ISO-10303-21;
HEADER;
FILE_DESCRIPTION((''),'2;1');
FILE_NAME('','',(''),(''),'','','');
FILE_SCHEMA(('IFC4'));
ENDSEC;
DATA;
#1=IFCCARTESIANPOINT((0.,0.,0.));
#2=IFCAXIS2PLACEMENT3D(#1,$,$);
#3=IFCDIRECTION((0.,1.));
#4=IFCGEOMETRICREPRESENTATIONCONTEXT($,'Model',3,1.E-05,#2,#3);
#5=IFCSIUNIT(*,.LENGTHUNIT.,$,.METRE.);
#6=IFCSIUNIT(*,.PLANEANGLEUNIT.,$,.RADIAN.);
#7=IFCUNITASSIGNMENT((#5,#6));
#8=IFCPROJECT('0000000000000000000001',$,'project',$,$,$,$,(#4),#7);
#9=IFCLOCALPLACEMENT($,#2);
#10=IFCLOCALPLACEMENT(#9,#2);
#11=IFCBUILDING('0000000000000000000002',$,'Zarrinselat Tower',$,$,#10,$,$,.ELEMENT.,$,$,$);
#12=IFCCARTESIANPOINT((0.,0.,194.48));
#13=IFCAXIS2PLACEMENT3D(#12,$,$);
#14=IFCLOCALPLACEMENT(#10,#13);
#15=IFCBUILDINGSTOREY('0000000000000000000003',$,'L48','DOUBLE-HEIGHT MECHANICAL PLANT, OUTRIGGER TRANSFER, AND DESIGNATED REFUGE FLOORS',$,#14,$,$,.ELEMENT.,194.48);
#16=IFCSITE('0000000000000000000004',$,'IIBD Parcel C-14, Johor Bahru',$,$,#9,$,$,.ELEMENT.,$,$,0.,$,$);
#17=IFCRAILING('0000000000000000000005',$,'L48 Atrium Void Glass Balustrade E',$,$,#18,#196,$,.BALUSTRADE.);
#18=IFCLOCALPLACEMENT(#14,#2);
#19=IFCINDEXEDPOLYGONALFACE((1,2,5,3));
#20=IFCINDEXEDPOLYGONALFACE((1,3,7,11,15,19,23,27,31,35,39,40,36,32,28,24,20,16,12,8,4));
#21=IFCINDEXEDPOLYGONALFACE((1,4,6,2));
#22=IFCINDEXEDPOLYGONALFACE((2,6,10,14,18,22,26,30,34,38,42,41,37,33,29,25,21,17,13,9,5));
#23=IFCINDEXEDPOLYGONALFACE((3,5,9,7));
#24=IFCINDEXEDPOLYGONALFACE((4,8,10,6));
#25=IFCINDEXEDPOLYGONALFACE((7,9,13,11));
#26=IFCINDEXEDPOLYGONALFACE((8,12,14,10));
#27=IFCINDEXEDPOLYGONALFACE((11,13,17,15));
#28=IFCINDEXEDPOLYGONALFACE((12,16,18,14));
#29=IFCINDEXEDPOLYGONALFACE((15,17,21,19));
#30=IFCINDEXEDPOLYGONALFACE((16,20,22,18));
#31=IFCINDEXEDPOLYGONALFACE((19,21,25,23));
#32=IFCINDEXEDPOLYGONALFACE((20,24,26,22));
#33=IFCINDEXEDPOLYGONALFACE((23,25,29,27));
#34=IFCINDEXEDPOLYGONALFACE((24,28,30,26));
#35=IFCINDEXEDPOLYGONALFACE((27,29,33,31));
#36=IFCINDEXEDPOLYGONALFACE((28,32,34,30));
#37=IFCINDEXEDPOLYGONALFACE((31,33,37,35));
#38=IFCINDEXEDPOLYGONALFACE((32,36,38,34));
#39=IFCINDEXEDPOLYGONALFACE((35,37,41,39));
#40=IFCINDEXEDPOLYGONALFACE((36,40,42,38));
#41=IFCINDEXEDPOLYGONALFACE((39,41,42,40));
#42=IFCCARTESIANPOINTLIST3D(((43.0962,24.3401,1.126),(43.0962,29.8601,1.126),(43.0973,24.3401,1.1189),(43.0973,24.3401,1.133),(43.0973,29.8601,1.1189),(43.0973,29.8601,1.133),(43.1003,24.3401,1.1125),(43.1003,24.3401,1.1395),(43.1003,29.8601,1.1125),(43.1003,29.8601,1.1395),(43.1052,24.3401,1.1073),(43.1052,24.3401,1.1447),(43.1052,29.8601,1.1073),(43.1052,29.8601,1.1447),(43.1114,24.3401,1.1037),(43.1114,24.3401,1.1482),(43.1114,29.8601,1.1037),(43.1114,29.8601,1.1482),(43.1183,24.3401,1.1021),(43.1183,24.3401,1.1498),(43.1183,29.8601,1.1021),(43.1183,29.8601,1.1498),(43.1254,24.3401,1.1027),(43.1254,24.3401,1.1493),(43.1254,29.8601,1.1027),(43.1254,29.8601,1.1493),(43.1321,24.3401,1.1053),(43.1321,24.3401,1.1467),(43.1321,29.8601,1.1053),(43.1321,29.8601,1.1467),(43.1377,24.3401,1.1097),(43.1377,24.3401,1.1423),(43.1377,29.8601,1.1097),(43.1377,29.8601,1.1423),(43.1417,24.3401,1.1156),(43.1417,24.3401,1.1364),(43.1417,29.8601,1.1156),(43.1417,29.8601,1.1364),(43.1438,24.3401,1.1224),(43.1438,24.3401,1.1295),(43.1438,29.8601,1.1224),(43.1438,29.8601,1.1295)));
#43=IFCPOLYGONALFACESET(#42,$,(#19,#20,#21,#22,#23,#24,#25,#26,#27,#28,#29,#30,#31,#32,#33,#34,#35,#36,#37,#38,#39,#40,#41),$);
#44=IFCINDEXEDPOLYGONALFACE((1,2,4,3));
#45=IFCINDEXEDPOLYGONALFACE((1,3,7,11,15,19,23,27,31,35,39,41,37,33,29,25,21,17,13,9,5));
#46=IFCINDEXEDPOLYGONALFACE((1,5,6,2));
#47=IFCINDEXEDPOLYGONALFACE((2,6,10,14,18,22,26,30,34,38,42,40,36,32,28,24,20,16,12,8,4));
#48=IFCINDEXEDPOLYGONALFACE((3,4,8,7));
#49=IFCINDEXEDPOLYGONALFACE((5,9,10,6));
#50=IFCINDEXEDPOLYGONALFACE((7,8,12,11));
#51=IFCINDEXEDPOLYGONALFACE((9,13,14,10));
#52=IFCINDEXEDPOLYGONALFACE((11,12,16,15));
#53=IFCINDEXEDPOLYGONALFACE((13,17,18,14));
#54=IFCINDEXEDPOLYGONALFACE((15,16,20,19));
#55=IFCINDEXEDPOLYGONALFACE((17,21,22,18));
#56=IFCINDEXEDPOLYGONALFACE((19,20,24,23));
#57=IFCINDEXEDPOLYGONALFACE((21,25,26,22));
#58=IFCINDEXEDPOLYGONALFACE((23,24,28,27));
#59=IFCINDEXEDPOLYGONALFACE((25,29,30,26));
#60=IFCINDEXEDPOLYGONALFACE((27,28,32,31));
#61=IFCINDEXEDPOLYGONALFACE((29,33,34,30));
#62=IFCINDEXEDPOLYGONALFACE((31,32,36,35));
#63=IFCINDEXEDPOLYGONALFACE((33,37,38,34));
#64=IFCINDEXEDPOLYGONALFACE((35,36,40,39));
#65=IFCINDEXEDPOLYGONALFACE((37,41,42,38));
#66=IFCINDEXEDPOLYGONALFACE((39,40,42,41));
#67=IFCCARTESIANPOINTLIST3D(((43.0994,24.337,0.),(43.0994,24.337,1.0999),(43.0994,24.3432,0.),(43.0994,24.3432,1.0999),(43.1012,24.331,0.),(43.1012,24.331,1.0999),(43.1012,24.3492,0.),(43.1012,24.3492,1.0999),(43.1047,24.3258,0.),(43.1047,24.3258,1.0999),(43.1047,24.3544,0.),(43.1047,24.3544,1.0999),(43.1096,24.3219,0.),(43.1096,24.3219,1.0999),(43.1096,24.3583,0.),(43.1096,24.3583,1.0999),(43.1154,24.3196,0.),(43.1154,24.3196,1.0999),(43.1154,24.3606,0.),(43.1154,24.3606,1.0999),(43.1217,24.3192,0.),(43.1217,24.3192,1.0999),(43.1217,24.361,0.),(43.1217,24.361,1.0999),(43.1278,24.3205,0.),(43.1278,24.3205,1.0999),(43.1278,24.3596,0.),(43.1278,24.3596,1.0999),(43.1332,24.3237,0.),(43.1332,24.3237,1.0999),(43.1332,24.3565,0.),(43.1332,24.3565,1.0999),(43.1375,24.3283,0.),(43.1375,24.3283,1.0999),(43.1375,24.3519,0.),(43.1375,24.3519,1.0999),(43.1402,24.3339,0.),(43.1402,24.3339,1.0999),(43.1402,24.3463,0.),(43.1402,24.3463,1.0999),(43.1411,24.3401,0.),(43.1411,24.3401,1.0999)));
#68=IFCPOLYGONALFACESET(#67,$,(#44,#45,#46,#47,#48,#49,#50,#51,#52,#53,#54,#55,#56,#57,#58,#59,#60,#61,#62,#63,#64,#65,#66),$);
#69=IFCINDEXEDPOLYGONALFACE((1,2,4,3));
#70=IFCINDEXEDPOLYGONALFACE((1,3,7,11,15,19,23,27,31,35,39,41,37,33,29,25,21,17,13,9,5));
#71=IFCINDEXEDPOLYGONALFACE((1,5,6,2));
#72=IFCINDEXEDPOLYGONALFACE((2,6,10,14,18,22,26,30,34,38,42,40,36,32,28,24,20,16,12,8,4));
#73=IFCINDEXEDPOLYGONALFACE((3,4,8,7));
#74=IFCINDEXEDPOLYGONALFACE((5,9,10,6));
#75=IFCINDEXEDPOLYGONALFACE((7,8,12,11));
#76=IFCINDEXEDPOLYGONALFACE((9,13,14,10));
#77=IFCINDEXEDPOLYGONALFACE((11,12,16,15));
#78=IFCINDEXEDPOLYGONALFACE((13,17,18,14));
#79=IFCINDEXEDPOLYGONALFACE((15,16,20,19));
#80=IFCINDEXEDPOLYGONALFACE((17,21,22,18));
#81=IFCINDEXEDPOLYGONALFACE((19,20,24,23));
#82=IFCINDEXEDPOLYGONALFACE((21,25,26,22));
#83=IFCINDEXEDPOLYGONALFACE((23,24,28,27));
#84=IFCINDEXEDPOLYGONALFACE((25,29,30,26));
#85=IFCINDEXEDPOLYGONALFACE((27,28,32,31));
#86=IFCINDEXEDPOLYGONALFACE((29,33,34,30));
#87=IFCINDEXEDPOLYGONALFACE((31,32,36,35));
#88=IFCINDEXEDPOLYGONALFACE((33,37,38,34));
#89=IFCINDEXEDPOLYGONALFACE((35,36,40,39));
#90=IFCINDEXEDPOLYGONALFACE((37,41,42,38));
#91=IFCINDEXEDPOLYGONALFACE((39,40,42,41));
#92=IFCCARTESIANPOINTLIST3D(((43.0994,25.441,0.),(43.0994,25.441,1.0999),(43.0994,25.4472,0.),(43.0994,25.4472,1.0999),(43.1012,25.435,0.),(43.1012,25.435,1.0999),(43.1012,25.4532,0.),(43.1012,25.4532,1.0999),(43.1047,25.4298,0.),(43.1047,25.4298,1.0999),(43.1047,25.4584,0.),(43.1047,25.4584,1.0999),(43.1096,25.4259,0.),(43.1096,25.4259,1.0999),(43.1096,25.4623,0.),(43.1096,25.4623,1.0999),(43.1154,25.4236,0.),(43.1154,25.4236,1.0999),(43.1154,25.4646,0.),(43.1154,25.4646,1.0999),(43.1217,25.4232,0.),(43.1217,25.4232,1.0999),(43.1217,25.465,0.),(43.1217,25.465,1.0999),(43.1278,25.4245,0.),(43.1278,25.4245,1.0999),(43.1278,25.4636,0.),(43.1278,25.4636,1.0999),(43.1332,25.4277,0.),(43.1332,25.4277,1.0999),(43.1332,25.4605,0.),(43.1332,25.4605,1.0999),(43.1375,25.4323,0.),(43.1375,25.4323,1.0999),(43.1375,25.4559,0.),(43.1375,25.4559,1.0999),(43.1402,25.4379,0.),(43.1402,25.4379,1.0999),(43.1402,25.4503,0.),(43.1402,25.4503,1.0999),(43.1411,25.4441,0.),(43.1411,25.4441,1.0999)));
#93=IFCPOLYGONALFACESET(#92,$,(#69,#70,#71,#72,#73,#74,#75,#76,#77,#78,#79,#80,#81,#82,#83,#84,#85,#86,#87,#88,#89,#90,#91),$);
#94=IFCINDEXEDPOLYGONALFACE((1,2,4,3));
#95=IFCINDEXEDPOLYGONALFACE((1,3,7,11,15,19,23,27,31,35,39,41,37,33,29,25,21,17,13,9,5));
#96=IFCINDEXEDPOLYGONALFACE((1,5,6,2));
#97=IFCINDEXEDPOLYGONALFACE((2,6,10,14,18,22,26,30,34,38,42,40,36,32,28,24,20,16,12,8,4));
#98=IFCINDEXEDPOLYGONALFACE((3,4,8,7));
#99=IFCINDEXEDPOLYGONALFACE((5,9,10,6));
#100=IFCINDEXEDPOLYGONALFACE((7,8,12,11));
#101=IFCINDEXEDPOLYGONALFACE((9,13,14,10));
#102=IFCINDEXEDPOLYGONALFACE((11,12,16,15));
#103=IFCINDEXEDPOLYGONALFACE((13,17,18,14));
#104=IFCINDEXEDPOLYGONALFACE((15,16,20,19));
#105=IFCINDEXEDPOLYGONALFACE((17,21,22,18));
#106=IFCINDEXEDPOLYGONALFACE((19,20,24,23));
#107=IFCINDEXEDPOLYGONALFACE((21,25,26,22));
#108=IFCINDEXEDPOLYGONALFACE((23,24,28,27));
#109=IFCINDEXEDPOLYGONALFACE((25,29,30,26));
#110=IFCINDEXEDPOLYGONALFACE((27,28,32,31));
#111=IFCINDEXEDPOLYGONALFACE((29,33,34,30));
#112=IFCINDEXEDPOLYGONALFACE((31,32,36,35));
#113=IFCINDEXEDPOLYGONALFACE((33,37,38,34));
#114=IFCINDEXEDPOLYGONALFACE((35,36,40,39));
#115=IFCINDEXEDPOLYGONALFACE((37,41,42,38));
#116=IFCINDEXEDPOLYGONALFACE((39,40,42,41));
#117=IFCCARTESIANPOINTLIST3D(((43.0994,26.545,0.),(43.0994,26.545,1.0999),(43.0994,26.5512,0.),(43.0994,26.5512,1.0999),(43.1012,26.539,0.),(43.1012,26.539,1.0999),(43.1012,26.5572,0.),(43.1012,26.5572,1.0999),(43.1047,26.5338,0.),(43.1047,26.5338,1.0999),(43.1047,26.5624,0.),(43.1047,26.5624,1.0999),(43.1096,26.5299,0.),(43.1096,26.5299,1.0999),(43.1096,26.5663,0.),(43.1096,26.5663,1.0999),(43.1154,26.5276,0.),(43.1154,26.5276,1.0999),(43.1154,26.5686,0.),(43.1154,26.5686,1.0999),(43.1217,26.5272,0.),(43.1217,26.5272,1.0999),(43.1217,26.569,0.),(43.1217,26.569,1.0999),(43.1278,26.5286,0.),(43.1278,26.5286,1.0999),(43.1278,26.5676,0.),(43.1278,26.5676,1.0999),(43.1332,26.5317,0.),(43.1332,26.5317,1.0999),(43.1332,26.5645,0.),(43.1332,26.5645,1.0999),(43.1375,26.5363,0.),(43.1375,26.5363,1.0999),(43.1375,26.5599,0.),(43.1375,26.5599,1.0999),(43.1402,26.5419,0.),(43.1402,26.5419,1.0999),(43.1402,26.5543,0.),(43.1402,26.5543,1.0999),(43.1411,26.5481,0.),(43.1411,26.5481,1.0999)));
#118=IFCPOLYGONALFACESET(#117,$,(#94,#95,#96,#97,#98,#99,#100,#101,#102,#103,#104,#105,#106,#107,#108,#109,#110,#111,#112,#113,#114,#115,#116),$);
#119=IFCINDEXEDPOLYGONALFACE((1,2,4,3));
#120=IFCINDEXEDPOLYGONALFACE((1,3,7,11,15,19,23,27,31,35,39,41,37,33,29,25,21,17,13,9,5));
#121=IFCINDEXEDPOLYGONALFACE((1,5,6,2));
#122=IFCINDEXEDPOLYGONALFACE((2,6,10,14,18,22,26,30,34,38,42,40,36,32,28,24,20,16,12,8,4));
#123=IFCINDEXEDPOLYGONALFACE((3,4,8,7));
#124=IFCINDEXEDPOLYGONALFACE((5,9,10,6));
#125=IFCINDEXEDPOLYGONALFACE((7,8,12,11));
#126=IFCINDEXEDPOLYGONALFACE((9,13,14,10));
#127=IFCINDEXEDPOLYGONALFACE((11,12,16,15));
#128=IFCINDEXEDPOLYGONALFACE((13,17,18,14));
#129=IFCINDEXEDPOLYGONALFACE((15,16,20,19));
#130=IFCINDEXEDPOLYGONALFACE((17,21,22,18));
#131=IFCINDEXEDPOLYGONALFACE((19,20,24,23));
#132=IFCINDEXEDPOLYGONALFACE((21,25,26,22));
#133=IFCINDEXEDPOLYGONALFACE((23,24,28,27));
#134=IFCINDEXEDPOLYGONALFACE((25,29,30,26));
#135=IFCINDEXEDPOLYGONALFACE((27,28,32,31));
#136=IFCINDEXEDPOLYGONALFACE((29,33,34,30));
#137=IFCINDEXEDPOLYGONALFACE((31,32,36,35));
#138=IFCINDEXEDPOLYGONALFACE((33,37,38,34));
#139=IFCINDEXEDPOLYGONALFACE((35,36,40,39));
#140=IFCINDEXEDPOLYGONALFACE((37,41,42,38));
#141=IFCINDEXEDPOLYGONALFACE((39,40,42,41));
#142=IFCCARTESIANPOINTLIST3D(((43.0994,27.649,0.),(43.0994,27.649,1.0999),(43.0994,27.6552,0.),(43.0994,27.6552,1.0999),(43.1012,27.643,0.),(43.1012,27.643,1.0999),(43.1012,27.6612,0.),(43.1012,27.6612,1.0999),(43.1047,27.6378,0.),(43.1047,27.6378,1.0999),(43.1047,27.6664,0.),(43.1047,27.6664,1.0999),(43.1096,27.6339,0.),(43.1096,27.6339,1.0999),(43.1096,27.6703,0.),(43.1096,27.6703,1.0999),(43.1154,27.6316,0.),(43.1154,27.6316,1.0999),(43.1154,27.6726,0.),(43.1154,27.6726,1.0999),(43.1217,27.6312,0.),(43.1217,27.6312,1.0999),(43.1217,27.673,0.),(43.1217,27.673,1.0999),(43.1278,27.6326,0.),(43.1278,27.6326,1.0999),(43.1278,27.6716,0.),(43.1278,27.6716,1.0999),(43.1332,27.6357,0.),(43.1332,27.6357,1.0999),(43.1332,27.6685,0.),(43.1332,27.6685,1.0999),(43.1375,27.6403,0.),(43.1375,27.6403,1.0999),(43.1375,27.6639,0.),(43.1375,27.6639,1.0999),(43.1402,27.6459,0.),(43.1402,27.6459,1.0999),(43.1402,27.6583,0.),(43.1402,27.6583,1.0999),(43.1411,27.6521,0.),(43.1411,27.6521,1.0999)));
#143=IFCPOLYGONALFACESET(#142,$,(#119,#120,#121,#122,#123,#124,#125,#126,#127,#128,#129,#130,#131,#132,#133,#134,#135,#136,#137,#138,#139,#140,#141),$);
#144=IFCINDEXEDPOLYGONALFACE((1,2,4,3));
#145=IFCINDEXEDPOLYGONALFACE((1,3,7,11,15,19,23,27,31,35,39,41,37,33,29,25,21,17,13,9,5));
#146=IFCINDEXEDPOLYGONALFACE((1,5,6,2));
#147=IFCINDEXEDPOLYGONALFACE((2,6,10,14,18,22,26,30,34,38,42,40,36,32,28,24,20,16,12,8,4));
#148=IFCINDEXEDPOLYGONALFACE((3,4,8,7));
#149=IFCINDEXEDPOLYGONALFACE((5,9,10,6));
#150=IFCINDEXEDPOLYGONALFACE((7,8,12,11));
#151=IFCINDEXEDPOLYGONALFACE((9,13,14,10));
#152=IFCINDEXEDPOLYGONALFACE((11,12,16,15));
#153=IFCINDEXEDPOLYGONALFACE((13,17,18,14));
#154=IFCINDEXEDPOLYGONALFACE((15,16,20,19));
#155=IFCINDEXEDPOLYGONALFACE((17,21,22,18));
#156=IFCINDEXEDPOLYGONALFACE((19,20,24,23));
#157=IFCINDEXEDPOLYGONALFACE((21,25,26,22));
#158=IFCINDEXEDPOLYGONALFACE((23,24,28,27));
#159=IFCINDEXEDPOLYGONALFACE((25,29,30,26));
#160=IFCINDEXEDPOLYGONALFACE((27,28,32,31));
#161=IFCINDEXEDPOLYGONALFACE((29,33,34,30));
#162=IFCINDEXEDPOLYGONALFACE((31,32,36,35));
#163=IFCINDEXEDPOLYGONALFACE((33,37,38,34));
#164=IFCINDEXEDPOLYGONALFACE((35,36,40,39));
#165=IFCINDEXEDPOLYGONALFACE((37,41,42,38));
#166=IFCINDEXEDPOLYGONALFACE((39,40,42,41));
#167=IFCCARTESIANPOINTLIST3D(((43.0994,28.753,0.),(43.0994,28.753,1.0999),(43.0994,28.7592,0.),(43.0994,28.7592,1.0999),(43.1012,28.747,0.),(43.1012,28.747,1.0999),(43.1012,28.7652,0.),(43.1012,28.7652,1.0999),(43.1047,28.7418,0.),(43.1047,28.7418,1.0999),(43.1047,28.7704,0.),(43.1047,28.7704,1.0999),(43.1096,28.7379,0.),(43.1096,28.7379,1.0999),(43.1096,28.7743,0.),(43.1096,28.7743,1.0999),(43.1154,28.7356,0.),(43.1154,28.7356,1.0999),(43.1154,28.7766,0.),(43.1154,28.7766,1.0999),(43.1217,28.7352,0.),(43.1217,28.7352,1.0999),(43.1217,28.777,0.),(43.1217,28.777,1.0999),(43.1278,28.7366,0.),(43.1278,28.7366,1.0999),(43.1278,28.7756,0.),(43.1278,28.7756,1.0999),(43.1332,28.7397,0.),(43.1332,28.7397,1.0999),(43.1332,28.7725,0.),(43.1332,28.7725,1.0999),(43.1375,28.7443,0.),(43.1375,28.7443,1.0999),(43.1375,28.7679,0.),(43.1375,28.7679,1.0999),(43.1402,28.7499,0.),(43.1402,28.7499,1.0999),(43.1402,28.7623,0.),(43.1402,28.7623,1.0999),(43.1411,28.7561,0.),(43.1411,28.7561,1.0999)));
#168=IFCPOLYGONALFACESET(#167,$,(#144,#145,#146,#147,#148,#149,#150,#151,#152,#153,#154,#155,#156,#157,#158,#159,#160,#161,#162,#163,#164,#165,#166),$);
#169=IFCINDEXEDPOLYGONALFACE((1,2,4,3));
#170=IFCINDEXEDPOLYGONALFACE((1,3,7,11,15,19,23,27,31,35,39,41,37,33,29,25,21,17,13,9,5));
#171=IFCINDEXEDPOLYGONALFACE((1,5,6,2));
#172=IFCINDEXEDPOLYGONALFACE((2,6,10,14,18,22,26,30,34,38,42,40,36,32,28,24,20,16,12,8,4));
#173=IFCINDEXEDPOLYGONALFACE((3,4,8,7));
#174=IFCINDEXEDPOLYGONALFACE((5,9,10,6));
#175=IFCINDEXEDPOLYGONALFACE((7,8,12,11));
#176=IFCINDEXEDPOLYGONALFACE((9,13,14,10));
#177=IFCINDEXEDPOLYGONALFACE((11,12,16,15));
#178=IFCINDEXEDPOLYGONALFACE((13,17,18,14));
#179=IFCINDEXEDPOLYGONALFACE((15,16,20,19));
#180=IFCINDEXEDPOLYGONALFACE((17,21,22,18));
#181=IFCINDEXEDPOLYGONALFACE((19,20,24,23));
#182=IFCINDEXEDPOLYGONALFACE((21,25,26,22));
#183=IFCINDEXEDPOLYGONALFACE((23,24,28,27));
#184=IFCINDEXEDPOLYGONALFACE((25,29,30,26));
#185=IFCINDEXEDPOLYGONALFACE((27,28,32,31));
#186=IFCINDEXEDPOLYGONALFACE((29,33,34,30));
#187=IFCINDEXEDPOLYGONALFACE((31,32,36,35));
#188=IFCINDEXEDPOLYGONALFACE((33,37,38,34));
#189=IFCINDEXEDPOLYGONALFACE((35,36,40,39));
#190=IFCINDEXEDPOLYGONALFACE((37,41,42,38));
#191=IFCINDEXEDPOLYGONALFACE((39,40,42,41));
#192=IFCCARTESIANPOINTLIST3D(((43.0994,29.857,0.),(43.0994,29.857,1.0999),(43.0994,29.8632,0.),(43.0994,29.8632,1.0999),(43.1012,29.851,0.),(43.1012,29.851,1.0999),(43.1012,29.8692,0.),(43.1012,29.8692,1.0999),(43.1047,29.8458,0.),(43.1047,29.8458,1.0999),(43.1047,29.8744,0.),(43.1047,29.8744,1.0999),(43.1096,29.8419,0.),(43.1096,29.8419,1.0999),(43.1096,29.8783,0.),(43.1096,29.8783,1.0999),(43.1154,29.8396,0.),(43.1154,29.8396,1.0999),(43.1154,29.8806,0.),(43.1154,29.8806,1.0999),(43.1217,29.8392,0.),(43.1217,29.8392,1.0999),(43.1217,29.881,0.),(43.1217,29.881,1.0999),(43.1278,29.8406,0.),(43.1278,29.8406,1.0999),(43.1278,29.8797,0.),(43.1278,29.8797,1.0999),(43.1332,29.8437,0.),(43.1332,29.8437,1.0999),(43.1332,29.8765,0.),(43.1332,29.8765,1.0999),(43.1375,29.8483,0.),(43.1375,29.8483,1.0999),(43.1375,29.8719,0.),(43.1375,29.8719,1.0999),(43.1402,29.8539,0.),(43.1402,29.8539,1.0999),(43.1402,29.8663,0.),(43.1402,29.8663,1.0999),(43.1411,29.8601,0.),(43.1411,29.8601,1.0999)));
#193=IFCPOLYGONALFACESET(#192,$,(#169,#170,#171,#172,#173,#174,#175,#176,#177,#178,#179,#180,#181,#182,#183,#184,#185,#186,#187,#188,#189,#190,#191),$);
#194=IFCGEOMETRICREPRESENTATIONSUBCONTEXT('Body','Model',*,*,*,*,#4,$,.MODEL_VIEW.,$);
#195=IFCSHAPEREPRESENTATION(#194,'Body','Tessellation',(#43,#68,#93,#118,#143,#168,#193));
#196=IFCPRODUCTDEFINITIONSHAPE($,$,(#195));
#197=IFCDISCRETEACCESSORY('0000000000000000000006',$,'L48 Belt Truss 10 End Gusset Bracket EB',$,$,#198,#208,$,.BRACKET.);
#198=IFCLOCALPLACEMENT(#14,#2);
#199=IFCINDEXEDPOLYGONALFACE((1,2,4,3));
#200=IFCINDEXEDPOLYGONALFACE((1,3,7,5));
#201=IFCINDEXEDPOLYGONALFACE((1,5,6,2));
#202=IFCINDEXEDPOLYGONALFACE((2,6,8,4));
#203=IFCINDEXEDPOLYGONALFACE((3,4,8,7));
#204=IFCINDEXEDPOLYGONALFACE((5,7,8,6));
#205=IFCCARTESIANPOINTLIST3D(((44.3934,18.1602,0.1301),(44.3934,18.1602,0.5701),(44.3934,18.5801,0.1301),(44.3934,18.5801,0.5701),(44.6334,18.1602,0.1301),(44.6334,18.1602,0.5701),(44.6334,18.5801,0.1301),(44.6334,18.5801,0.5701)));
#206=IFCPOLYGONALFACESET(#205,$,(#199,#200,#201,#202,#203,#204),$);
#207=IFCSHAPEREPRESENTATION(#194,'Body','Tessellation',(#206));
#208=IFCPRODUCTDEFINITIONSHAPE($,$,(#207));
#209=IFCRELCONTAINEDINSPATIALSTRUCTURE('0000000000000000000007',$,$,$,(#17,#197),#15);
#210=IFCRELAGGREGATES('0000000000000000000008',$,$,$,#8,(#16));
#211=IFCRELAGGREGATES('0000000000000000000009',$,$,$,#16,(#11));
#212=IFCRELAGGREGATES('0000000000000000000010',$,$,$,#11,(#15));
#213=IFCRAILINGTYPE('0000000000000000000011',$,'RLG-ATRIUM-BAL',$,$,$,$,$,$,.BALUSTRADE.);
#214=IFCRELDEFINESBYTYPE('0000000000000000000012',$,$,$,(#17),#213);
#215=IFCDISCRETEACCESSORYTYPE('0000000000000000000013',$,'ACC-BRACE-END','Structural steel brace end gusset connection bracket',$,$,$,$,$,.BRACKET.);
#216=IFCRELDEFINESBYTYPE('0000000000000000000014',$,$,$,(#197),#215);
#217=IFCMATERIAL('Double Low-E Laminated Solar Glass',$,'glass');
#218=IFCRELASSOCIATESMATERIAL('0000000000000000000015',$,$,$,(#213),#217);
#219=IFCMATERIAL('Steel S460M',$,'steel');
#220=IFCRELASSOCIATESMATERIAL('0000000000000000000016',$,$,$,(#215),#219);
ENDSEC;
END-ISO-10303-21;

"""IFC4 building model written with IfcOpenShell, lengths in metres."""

from ifc_helpers import new_model, si_unit, direction, frame, origin, origin_2d, place, context, subcontext, project, spatial, rectangle, circle, extrude, material, type_object, element, save


model = new_model("IFC4")

# Units and contexts
model_context = context("Model", 3, precision=1e-05, world=origin(), true_north=direction((0.0, 1.0)))
body_context = subcontext(model_context, "Body", "Model", "MODEL_VIEW")
ifc_project = project(units=[si_unit("LENGTHUNIT", "METRE"), si_unit("PLANEANGLEUNIT", "RADIAN")], contexts=[model_context])

# Site, building, storey
site_placement = place(None, origin())
site = spatial("IfcSite", under=ifc_project, at=site_placement, Name="IIBD Parcel C-14, Johor Bahru", CompositionType="ELEMENT", RefElevation=0.0)
building_placement = place(site_placement, origin())
building = spatial("IfcBuilding", under=site, at=building_placement, Name="Zarrinselat Tower", CompositionType="ELEMENT")
storey_placement = place(building_placement, frame((0.0, 0.0, 194.48)))
storey = spatial("IfcBuildingStorey", under=building, at=storey_placement, Name="L48", Description="DOUBLE-HEIGHT MECHANICAL PLANT, OUTRIGGER TRANSFER, AND DESIGNATED REFUGE FLOORS", CompositionType="ELEMENT", Elevation=194.48)

# Railing
ifc_material_1 = material(Name="Double Low-E Laminated Solar Glass", Category="glass")
railing_type = type_object("IfcRailingType", Name="RLG-ATRIUM-BAL", PredefinedType="BALUSTRADE", material=ifc_material_1)
railing_placement = place(storey_placement, frame((43.1201, 24.3401, 0.0)))
element("IfcRailing", 1, at=railing_placement, inside=storey, type_object=railing_type, Name="L48 Atrium Void Glass Balustrade E", PredefinedType="BALUSTRADE", context=body_context, shape_type="SweptSolid", body=[
    extrude(circle(Radius=0.0239, at=origin_2d()), frame((0.0, 0.0, 1.126), z_axis=(0.0, 1.0, 0.0), x_axis=(-1.0, 0.0, 0.0)), (0.0, 0.0, 1.0), 5.52),
    extrude(circle(Radius=0.021, at=origin_2d()), origin(), (0.0, 0.0, 1.0), 1.0999),
    extrude(circle(Radius=0.021, at=origin_2d()), frame((0.0, 1.104, 0.0)), (0.0, 0.0, 1.0), 1.0999),
    extrude(circle(Radius=0.021, at=origin_2d()), frame((0.0, 2.208, 0.0)), (0.0, 0.0, 1.0), 1.0999),
    extrude(circle(Radius=0.021, at=origin_2d()), frame((0.0, 3.312, 0.0)), (0.0, 0.0, 1.0), 1.0999),
    extrude(circle(Radius=0.021, at=origin_2d()), frame((0.0, 4.416, 0.0)), (0.0, 0.0, 1.0), 1.0999),
    extrude(circle(Radius=0.021, at=origin_2d()), frame((0.0, 5.52, 0.0)), (0.0, 0.0, 1.0), 1.0999),
])

# Discrete accessory
ifc_material_2 = material(Name="Steel S460M", Category="steel")
discrete_accessory_type = type_object("IfcDiscreteAccessoryType", Name="ACC-BRACE-END", Description="Structural steel brace end gusset connection bracket", PredefinedType="BRACKET", material=ifc_material_2)
discrete_accessory_1_placement = place(storey_placement, frame((44.5134, 18.3701, 0.1301), z_axis=(0.0, 0.0, 1.0), x_axis=(1.0, 0.0, 0.0)))
element("IfcDiscreteAccessory", 2, at=discrete_accessory_1_placement, inside=storey, type_object=discrete_accessory_type, Name="L48 Belt Truss 10 End Gusset Bracket EB", PredefinedType="BRACKET", context=body_context, shape_type="SweptSolid", body=[
    extrude(rectangle(XDim=0.24, YDim=0.4199, at=origin_2d()), origin(), (0.0, 0.0, 1.0), 0.4399),
])

save(model, "model.ifc")
